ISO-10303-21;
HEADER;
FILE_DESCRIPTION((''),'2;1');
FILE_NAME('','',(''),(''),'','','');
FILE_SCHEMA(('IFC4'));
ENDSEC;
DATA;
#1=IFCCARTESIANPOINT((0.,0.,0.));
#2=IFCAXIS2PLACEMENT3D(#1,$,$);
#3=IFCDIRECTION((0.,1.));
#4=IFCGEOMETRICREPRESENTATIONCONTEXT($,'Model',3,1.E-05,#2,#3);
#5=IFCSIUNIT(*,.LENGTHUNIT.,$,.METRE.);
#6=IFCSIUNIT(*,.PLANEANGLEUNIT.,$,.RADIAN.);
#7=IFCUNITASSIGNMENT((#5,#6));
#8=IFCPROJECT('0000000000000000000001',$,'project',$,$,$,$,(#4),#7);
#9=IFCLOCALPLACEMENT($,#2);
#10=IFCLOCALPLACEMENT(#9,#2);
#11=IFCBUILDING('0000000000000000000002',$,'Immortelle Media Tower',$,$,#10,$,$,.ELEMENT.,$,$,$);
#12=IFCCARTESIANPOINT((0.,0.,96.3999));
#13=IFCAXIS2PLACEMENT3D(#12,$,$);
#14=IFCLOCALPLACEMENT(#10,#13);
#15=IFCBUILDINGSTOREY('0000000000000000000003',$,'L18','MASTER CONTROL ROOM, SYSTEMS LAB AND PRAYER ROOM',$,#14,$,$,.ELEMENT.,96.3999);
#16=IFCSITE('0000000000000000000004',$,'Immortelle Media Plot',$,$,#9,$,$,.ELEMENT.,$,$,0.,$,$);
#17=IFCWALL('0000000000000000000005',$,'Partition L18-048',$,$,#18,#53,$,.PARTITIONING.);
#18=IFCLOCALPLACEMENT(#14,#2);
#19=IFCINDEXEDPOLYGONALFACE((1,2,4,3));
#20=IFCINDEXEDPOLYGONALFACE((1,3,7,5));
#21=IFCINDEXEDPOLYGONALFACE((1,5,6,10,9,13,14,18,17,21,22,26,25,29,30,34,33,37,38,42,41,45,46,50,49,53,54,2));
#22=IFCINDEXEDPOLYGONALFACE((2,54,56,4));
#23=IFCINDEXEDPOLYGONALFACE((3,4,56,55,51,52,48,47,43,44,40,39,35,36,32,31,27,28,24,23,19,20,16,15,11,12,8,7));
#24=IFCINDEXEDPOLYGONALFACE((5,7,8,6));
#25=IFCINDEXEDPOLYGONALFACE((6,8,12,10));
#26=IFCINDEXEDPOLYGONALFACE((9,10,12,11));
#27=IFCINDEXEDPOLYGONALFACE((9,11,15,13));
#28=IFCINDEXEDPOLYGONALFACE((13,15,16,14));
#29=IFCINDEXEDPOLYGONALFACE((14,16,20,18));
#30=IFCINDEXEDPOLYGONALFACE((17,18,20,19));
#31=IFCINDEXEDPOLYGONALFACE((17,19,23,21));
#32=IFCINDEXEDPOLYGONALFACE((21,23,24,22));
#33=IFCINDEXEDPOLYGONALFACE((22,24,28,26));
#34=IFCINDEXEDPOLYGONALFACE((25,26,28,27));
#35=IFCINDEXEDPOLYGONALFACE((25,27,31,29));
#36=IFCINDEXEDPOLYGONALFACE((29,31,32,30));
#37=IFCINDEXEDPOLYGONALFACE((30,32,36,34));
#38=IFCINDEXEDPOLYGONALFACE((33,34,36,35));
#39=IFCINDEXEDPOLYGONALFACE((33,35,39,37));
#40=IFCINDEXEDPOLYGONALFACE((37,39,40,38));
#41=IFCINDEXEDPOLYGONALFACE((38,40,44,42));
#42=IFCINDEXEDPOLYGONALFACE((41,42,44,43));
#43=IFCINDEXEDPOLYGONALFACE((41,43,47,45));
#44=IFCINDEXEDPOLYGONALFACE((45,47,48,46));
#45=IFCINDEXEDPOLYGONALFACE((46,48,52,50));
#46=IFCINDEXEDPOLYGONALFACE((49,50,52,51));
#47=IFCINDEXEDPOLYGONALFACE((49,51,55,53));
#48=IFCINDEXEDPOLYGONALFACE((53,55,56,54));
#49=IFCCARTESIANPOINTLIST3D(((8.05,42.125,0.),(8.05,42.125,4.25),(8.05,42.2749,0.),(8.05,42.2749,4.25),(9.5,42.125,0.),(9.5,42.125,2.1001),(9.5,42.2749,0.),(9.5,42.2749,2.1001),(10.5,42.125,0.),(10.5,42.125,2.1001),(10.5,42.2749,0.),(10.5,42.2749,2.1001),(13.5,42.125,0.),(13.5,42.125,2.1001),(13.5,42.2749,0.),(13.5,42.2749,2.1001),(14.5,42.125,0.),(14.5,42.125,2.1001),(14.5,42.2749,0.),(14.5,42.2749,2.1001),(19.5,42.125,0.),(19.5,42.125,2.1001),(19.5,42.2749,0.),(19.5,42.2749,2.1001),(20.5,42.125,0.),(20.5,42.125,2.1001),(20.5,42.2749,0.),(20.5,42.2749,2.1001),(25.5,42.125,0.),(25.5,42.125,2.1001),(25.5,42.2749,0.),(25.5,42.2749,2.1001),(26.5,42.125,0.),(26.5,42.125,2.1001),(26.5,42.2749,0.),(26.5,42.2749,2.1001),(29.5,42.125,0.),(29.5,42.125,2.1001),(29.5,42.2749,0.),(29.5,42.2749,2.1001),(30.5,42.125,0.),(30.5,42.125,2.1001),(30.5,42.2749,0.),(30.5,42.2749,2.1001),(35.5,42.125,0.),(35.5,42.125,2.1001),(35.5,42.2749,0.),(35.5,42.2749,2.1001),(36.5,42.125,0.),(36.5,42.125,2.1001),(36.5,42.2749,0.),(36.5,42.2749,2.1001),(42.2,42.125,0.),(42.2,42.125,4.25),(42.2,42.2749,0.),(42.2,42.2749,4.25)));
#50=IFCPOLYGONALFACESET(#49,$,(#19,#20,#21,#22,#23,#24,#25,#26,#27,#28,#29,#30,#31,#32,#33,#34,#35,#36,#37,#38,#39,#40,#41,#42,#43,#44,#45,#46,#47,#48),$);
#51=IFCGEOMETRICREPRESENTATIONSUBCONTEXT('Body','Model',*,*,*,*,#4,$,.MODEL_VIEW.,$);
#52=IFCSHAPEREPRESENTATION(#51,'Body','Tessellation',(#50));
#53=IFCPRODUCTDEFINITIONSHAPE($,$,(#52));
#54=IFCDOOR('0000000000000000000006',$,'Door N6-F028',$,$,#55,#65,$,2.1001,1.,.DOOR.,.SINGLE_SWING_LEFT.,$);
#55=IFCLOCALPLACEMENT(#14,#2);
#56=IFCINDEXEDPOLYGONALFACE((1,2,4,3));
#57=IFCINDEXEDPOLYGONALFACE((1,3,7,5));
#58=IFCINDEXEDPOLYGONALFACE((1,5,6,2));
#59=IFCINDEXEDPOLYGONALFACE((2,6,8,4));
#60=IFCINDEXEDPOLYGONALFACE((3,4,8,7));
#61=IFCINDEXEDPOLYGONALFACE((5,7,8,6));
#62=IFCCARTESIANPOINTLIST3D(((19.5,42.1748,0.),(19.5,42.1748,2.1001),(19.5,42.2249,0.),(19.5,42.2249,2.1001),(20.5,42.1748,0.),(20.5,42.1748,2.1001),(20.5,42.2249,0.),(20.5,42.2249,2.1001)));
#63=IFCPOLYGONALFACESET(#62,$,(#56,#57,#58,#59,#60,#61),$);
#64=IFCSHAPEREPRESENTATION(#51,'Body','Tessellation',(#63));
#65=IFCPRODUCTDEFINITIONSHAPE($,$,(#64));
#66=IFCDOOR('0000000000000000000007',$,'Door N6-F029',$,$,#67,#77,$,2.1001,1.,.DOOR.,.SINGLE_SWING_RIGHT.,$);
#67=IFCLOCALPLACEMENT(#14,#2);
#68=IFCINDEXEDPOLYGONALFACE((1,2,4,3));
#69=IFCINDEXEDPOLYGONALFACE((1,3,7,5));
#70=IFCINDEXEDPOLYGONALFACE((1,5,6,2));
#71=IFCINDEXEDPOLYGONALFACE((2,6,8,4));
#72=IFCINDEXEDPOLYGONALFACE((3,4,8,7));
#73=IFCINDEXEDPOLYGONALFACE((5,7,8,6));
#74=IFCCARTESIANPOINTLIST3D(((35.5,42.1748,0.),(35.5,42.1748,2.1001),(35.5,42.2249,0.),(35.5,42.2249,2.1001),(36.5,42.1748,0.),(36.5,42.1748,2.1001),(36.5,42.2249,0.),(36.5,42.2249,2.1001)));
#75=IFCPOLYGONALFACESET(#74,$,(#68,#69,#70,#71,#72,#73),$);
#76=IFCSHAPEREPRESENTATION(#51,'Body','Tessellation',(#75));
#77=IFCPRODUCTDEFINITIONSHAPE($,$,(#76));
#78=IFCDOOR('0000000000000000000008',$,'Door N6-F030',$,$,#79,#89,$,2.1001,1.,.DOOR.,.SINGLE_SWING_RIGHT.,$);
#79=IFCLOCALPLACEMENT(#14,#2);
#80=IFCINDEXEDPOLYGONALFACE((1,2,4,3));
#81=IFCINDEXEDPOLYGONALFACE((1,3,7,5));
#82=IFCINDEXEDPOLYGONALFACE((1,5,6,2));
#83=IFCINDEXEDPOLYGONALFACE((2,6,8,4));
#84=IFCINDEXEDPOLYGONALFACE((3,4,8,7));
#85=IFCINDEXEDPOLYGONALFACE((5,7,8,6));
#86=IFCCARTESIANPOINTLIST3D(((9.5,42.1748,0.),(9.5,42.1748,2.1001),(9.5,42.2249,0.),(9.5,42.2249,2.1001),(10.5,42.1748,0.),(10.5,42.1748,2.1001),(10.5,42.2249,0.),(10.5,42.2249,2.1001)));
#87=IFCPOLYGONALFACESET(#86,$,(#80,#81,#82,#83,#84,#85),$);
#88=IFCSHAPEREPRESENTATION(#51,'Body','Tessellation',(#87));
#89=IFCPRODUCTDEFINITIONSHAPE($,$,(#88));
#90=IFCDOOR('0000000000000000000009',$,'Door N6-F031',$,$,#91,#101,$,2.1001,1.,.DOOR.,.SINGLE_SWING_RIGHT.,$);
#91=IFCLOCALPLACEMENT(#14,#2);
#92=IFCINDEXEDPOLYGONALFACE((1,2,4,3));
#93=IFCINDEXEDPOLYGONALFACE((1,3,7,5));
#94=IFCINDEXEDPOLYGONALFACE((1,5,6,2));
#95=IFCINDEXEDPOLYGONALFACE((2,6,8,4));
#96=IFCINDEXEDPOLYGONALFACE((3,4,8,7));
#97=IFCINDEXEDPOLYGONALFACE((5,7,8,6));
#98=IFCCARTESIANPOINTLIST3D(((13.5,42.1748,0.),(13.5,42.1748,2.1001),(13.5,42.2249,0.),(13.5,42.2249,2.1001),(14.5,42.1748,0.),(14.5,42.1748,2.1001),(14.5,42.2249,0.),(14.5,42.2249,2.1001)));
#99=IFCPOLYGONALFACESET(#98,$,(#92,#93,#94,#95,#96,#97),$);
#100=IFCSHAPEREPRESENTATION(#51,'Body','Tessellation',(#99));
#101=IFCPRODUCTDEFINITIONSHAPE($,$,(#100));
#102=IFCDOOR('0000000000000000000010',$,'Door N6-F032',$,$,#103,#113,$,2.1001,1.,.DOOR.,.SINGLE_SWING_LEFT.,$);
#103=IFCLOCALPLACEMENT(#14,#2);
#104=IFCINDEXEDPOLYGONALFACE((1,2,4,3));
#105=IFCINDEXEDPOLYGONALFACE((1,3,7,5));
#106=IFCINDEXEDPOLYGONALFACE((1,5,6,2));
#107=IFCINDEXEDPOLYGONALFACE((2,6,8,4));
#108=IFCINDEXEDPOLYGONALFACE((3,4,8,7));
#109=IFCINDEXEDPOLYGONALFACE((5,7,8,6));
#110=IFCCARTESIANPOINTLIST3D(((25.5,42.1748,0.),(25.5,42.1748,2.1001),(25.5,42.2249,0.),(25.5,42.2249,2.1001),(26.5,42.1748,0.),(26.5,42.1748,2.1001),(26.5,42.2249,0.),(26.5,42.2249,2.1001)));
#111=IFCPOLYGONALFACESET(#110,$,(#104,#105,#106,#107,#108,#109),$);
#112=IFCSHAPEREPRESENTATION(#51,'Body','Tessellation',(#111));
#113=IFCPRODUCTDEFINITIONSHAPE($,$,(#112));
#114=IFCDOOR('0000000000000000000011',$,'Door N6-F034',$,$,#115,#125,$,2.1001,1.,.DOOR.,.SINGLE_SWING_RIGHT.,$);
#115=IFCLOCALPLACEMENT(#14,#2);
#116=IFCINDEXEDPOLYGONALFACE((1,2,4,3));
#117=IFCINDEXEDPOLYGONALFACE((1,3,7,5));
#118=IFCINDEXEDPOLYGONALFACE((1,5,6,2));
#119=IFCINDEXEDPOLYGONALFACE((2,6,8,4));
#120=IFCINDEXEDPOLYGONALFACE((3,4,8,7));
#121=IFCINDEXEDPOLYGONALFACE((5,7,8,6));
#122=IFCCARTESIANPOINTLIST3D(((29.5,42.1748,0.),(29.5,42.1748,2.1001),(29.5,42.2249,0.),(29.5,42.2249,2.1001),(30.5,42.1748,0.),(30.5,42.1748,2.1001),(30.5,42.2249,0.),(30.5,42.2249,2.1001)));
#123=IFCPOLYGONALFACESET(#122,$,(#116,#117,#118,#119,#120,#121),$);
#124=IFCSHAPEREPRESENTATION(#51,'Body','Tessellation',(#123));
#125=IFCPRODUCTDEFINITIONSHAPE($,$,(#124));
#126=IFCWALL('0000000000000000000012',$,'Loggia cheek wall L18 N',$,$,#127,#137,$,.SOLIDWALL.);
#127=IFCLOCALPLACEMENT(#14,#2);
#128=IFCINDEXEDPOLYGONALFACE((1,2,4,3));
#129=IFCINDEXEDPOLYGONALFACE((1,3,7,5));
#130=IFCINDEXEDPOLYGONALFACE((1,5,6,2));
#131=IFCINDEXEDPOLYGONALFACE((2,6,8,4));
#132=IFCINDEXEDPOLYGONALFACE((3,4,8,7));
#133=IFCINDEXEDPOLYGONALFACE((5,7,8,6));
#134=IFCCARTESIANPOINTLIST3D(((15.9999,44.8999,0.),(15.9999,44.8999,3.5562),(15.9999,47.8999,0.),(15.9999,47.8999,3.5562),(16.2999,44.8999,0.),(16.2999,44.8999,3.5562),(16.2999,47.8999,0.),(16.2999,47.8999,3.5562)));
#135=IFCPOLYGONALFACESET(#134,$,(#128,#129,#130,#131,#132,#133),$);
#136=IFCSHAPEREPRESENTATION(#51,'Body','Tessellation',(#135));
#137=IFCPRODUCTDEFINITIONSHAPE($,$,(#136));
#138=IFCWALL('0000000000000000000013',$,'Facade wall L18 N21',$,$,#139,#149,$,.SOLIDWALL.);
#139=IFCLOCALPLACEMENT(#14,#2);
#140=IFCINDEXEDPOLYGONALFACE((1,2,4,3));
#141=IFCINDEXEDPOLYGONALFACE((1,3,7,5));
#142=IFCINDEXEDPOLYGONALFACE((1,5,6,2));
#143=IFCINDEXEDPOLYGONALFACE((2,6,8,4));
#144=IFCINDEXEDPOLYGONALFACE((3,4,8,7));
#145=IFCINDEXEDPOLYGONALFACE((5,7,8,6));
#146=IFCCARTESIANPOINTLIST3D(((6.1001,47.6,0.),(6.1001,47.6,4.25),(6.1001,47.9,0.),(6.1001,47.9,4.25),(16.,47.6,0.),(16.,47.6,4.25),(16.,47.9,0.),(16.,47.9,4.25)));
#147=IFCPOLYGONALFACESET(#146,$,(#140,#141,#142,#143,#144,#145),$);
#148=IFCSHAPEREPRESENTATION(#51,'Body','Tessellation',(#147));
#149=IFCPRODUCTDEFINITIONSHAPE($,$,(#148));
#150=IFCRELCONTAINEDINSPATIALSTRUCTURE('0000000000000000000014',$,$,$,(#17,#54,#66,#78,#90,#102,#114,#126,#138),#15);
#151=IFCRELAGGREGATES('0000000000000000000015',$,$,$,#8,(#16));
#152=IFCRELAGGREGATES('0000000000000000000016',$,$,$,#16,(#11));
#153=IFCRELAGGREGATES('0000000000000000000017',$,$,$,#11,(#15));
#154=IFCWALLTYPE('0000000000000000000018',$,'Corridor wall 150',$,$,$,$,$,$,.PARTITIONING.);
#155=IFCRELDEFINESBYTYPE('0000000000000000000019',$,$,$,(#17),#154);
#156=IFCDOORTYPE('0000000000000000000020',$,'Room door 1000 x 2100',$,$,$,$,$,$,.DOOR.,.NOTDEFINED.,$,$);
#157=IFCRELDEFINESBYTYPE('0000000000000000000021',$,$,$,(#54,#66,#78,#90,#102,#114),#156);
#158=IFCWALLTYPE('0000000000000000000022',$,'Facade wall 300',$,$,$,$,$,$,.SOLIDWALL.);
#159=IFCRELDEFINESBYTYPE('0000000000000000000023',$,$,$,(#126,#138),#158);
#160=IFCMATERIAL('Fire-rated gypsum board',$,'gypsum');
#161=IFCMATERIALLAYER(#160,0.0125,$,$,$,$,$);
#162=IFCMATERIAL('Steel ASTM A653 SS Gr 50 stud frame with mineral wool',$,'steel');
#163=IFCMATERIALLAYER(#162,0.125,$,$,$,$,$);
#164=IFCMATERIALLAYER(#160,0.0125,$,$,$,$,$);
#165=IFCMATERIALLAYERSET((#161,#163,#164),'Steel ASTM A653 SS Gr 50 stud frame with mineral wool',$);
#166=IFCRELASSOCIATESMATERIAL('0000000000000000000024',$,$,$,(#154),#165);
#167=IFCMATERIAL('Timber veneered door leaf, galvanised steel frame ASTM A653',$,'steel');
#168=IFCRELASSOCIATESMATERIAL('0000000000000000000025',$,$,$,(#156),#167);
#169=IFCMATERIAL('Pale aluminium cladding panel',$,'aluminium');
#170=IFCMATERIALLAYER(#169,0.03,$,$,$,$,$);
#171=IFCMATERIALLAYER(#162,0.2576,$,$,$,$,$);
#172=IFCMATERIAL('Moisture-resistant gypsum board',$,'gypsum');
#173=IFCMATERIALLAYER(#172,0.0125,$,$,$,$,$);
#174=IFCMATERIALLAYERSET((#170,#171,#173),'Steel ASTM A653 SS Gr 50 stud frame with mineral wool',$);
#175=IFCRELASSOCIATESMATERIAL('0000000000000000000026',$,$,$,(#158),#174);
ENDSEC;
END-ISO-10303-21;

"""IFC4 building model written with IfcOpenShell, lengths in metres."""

from ifc_helpers import new_model, si_unit, direction, frame, frame_2d, origin, place, context, subcontext, project, spatial, rectangle, extrude, material, layer, layer_set, type_object, element, fill, save


model = new_model("IFC4")

# Units and contexts
model_context = context("Model", 3, precision=1e-05, world=origin(), true_north=direction((0.0, 1.0)))
body_context = subcontext(model_context, "Body", "Model", "MODEL_VIEW")
ifc_project = project(units=[si_unit("LENGTHUNIT", "METRE"), si_unit("PLANEANGLEUNIT", "RADIAN")], contexts=[model_context])

# Site, building, storey
site_placement = place(None, origin())
site = spatial("IfcSite", under=ifc_project, at=site_placement, Name="Immortelle Media Plot", CompositionType="ELEMENT", RefElevation=0.0)
building_placement = place(site_placement, origin())
building = spatial("IfcBuilding", under=site, at=building_placement, Name="Immortelle Media Tower", CompositionType="ELEMENT")
storey_placement = place(building_placement, frame((0.0, 0.0, 96.3999)))
storey = spatial("IfcBuildingStorey", under=building, at=storey_placement, Name="L18", Description="MASTER CONTROL ROOM, SYSTEMS LAB AND PRAYER ROOM", CompositionType="ELEMENT", Elevation=96.3999)

# Wall, openings, doors
ifc_material_1 = material(Name="Fire-rated gypsum board", Category="gypsum")
ifc_layer_1 = layer(ifc_material_1, 0.0125)
ifc_material_2 = material(Name="Steel ASTM A653 SS Gr 50 stud frame with mineral wool", Category="steel")
ifc_layer_2 = layer(ifc_material_2, 0.125)
ifc_layer_3 = layer(ifc_material_1, 0.0125)
ifc_layer_set_1 = layer_set([ifc_layer_1, ifc_layer_2, ifc_layer_3], Name="Steel ASTM A653 SS Gr 50 stud frame with mineral wool")
wall_type_1 = type_object("IfcWallType", Name="Corridor wall 150", PredefinedType="PARTITIONING", material=ifc_layer_set_1)
wall_1_placement = place(storey_placement, frame((8.05, 42.2, 0.0), z_axis=(0.0, 0.0, 1.0), x_axis=(1.0, 0.0, 0.0)))
wall_1 = element("IfcWall", 1, at=wall_1_placement, inside=storey, type_object=wall_type_1, Name="Partition L18-048", PredefinedType="PARTITIONING", context=body_context, shape_type="SweptSolid", body=[
    extrude(rectangle(XDim=34.1499, YDim=0.1499, at=frame_2d((17.075, 0.0))), origin(), (0.0, 0.0, 1.0), 4.25),
])
opening_1_placement = place(wall_1_placement, frame((11.45, 0.0, 0.0)))
opening_1 = element("IfcOpeningElement", 2, at=opening_1_placement, cuts=wall_1, PredefinedType="OPENING", context=body_context, shape_type="SweptSolid", body=[
    extrude(rectangle(XDim=1.0, YDim=2.1001, at=frame_2d((0.5, 1.05))), frame((0.0, 0.085, 0.0), z_axis=(0.0, -1.0, 0.0), x_axis=(1.0, 0.0, 0.0)), (0.0, 0.0, 1.0), 0.1699),
])
opening_2_placement = place(wall_1_placement, frame((27.45, 0.0, 0.0)))
opening_2 = element("IfcOpeningElement", 3, at=opening_2_placement, cuts=wall_1, PredefinedType="OPENING", context=body_context, shape_type="SweptSolid", body=[
    extrude(rectangle(XDim=1.0, YDim=2.1001, at=frame_2d((0.5, 1.05))), frame((0.0, 0.085, 0.0), z_axis=(0.0, -1.0, 0.0), x_axis=(1.0, 0.0, 0.0)), (0.0, 0.0, 1.0), 0.1699),
])
opening_3_placement = place(wall_1_placement, frame((1.45, 0.0, 0.0)))
opening_3 = element("IfcOpeningElement", 4, at=opening_3_placement, cuts=wall_1, PredefinedType="OPENING", context=body_context, shape_type="SweptSolid", body=[
    extrude(rectangle(XDim=1.0, YDim=2.1001, at=frame_2d((0.5, 1.05))), frame((0.0, 0.085, 0.0), z_axis=(0.0, -1.0, 0.0), x_axis=(1.0, 0.0, 0.0)), (0.0, 0.0, 1.0), 0.1699),
])
opening_4_placement = place(wall_1_placement, frame((5.45, 0.0, 0.0)))
opening_4 = element("IfcOpeningElement", 5, at=opening_4_placement, cuts=wall_1, PredefinedType="OPENING", context=body_context, shape_type="SweptSolid", body=[
    extrude(rectangle(XDim=1.0, YDim=2.1001, at=frame_2d((0.5, 1.05))), frame((0.0, 0.085, 0.0), z_axis=(0.0, -1.0, 0.0), x_axis=(1.0, 0.0, 0.0)), (0.0, 0.0, 1.0), 0.1699),
])
opening_5_placement = place(wall_1_placement, frame((17.45, 0.0, 0.0)))
opening_5 = element("IfcOpeningElement", 6, at=opening_5_placement, cuts=wall_1, PredefinedType="OPENING", context=body_context, shape_type="SweptSolid", body=[
    extrude(rectangle(XDim=1.0, YDim=2.1001, at=frame_2d((0.5, 1.05))), frame((0.0, 0.085, 0.0), z_axis=(0.0, -1.0, 0.0), x_axis=(1.0, 0.0, 0.0)), (0.0, 0.0, 1.0), 0.1699),
])
opening_6_placement = place(wall_1_placement, frame((21.45, 0.0, 0.0)))
opening_6 = element("IfcOpeningElement", 7, at=opening_6_placement, cuts=wall_1, PredefinedType="OPENING", context=body_context, shape_type="SweptSolid", body=[
    extrude(rectangle(XDim=1.0, YDim=2.1001, at=frame_2d((0.5, 1.05))), frame((0.0, 0.085, 0.0), z_axis=(0.0, -1.0, 0.0), x_axis=(1.0, 0.0, 0.0)), (0.0, 0.0, 1.0), 0.1699),
])
ifc_material_3 = material(Name="Timber veneered door leaf, galvanised steel frame ASTM A653", Category="steel")
door_type = type_object("IfcDoorType", Name="Room door 1000 x 2100", OperationType="NOTDEFINED", PredefinedType="DOOR", material=ifc_material_3)
door_1_placement = place(opening_1_placement, origin())
door_1 = element("IfcDoor", 8, at=door_1_placement, inside=storey, type_object=door_type, Name="Door N6-F028", OperationType="SINGLE_SWING_LEFT", OverallHeight=2.1001, OverallWidth=1.0, PredefinedType="DOOR", context=body_context, shape_type="SweptSolid", body=[
    extrude(rectangle(XDim=1.0, YDim=2.1001, at=frame_2d((0.5, 1.05))), frame((0.0, 0.0249, 0.0), z_axis=(0.0, -1.0, 0.0), x_axis=(1.0, 0.0, 0.0)), (0.0, 0.0, 1.0), 0.05),
])
fill(opening_1, door_1)
door_2_placement = place(opening_2_placement, origin())
door_2 = element("IfcDoor", 9, at=door_2_placement, inside=storey, type_object=door_type, Name="Door N6-F029", OperationType="SINGLE_SWING_RIGHT", OverallHeight=2.1001, OverallWidth=1.0, PredefinedType="DOOR", context=body_context, shape_type="SweptSolid", body=[
    extrude(rectangle(XDim=1.0, YDim=2.1001, at=frame_2d((0.5, 1.05))), frame((0.0, 0.0249, 0.0), z_axis=(0.0, -1.0, 0.0), x_axis=(1.0, 0.0, 0.0)), (0.0, 0.0, 1.0), 0.05),
])
fill(opening_2, door_2)
door_3_placement = place(opening_3_placement, origin())
door_3 = element("IfcDoor", 10, at=door_3_placement, inside=storey, type_object=door_type, Name="Door N6-F030", OperationType="SINGLE_SWING_RIGHT", OverallHeight=2.1001, OverallWidth=1.0, PredefinedType="DOOR", context=body_context, shape_type="SweptSolid", body=[
    extrude(rectangle(XDim=1.0, YDim=2.1001, at=frame_2d((0.5, 1.05))), frame((0.0, 0.0249, 0.0), z_axis=(0.0, -1.0, 0.0), x_axis=(1.0, 0.0, 0.0)), (0.0, 0.0, 1.0), 0.05),
])
fill(opening_3, door_3)
door_4_placement = place(opening_4_placement, origin())
door_4 = element("IfcDoor", 11, at=door_4_placement, inside=storey, type_object=door_type, Name="Door N6-F031", OperationType="SINGLE_SWING_RIGHT", OverallHeight=2.1001, OverallWidth=1.0, PredefinedType="DOOR", context=body_context, shape_type="SweptSolid", body=[
    extrude(rectangle(XDim=1.0, YDim=2.1001, at=frame_2d((0.5, 1.05))), frame((0.0, 0.0249, 0.0), z_axis=(0.0, -1.0, 0.0), x_axis=(1.0, 0.0, 0.0)), (0.0, 0.0, 1.0), 0.05),
])
fill(opening_4, door_4)
door_5_placement = place(opening_5_placement, origin())
door_5 = element("IfcDoor", 12, at=door_5_placement, inside=storey, type_object=door_type, Name="Door N6-F032", OperationType="SINGLE_SWING_LEFT", OverallHeight=2.1001, OverallWidth=1.0, PredefinedType="DOOR", context=body_context, shape_type="SweptSolid", body=[
    extrude(rectangle(XDim=1.0, YDim=2.1001, at=frame_2d((0.5, 1.05))), frame((0.0, 0.0249, 0.0), z_axis=(0.0, -1.0, 0.0), x_axis=(1.0, 0.0, 0.0)), (0.0, 0.0, 1.0), 0.05),
])
fill(opening_5, door_5)
door_6_placement = place(opening_6_placement, origin())
door_6 = element("IfcDoor", 13, at=door_6_placement, inside=storey, type_object=door_type, Name="Door N6-F034", OperationType="SINGLE_SWING_RIGHT", OverallHeight=2.1001, OverallWidth=1.0, PredefinedType="DOOR", context=body_context, shape_type="SweptSolid", body=[
    extrude(rectangle(XDim=1.0, YDim=2.1001, at=frame_2d((0.5, 1.05))), frame((0.0, 0.0249, 0.0), z_axis=(0.0, -1.0, 0.0), x_axis=(1.0, 0.0, 0.0)), (0.0, 0.0, 1.0), 0.05),
])
fill(opening_6, door_6)

# Walls
ifc_material_4 = material(Name="Pale aluminium cladding panel", Category="aluminium")
ifc_layer_4 = layer(ifc_material_4, 0.03)
ifc_layer_5 = layer(ifc_material_2, 0.2576)
ifc_material_5 = material(Name="Moisture-resistant gypsum board", Category="gypsum")
ifc_layer_6 = layer(ifc_material_5, 0.0125)
ifc_layer_set_2 = layer_set([ifc_layer_4, ifc_layer_5, ifc_layer_6], Name="Steel ASTM A653 SS Gr 50 stud frame with mineral wool")
wall_type_2 = type_object("IfcWallType", Name="Facade wall 300", PredefinedType="SOLIDWALL", material=ifc_layer_set_2)
wall_2_placement = place(storey_placement, frame((16.1499, 47.8999, 0.0), z_axis=(0.0, 0.0, 1.0), x_axis=(0.0, -1.0, 0.0)))
element("IfcWall", 14, at=wall_2_placement, inside=storey, type_object=wall_type_2, Name="Loggia cheek wall L18 N", PredefinedType="SOLIDWALL", context=body_context, shape_type="SweptSolid", body=[
    extrude(rectangle(XDim=3.0, YDim=0.3, at=frame_2d((1.5, 0.0))), origin(), (0.0, 0.0, 1.0), 3.5562),
])
wall_3_placement = place(storey_placement, frame((16.0, 47.75, 0.0), z_axis=(0.0, 0.0, 1.0), x_axis=(-1.0, 0.0, 0.0)))
element("IfcWall", 15, at=wall_3_placement, inside=storey, type_object=wall_type_2, Name="Facade wall L18 N21", PredefinedType="SOLIDWALL", context=body_context, shape_type="SweptSolid", body=[
    extrude(rectangle(XDim=9.8999, YDim=0.3, at=frame_2d((4.95, 0.0))), origin(), (0.0, 0.0, 1.0), 4.25),
])

save(model, "model.ifc")
